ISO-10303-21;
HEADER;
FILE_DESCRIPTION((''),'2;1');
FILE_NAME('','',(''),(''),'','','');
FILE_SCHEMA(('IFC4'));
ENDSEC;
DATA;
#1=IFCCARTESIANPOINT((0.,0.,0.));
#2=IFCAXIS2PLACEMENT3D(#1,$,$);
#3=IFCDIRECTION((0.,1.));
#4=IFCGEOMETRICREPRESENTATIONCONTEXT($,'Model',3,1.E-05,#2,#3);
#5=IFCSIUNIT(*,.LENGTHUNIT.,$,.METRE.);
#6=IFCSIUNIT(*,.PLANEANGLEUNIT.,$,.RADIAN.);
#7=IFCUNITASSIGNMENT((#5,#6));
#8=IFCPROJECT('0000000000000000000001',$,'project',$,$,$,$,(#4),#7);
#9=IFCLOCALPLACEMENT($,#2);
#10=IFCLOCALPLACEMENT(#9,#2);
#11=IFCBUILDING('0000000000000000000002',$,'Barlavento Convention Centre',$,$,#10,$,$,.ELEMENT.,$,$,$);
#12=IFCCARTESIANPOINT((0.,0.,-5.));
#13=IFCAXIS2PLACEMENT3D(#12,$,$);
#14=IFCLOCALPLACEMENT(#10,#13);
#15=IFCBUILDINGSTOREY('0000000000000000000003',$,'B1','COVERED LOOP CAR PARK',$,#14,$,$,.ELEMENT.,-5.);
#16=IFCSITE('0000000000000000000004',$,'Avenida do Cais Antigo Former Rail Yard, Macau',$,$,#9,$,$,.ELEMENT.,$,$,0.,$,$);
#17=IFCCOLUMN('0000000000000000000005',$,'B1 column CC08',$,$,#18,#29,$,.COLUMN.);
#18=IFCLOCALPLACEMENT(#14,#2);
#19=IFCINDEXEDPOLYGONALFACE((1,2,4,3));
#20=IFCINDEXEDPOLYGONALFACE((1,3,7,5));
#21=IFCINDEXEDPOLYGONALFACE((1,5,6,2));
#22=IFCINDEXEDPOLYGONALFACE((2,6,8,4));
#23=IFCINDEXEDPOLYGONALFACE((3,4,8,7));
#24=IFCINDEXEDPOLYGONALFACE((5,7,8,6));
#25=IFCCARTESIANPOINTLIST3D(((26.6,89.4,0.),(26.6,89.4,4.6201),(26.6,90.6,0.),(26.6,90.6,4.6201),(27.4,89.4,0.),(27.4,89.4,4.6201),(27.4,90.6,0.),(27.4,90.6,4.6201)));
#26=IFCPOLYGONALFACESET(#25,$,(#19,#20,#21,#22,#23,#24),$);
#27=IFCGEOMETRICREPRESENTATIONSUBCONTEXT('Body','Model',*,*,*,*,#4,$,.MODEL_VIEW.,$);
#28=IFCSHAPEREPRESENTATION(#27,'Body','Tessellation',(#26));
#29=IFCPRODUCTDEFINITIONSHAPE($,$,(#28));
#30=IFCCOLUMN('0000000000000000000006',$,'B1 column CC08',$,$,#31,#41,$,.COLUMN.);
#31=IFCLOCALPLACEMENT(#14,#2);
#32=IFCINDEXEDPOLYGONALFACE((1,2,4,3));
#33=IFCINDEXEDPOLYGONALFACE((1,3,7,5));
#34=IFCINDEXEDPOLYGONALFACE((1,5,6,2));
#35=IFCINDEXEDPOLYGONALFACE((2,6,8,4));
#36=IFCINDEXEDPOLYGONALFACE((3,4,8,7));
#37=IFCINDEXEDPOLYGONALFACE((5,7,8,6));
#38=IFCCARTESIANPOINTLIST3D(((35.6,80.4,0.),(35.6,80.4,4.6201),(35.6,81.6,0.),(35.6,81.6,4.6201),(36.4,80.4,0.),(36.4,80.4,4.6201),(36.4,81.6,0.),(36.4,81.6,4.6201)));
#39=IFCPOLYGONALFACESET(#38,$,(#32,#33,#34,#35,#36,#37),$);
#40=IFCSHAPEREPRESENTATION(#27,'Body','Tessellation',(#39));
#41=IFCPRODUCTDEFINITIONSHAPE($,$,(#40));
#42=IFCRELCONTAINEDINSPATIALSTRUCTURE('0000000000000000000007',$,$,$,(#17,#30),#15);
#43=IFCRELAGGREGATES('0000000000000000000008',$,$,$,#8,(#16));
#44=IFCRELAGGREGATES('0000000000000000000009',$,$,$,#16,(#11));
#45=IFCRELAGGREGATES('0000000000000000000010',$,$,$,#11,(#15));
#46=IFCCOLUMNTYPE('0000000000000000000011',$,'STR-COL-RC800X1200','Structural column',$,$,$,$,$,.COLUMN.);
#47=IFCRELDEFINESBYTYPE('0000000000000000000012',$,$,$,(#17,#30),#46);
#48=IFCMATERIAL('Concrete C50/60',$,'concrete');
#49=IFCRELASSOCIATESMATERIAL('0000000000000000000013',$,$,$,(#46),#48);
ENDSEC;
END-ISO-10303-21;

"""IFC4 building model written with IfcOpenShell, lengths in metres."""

from ifc_helpers import new_model, si_unit, direction, frame, origin, origin_2d, place, context, subcontext, project, spatial, rectangle, extrude, material, material_profile, profile_set, type_object, element, save


model = new_model("IFC4")

# Units and contexts
model_context = context("Model", 3, precision=1e-05, world=origin(), true_north=direction((0.0, 1.0)))
body_context = subcontext(model_context, "Body", "Model", "MODEL_VIEW")
ifc_project = project(units=[si_unit("LENGTHUNIT", "METRE"), si_unit("PLANEANGLEUNIT", "RADIAN")], contexts=[model_context])

# Site, building, storey
site_placement = place(None, origin())
site = spatial("IfcSite", under=ifc_project, at=site_placement, Name="Avenida do Cais Antigo Former Rail Yard, Macau", CompositionType="ELEMENT", RefElevation=0.0)
building_placement = place(site_placement, origin())
building = spatial("IfcBuilding", under=site, at=building_placement, Name="Barlavento Convention Centre", CompositionType="ELEMENT")
storey_placement = place(building_placement, frame((0.0, 0.0, -5.0)))
storey = spatial("IfcBuildingStorey", under=building, at=storey_placement, Name="B1", Description="COVERED LOOP CAR PARK", CompositionType="ELEMENT", Elevation=-5.0)

# Columns
ifc_material_1 = material(Name="Concrete C50/60", Category="concrete")
ifc_material_profile_1 = material_profile(ifc_material_1, rectangle(XDim=0.8, YDim=1.2, at=origin_2d()), Name="RC 800x1200")
ifc_profile_set_1 = profile_set([ifc_material_profile_1], Name="Concrete C50/60")
column_type_1 = type_object("IfcColumnType", Name="STR-COL-RC800X1200", Description="Structural column", PredefinedType="COLUMN", material=ifc_profile_set_1)
for number, where, z_axis, x_axis, name in (
    (1, (27.0, 90.0, 0.0), (0.0, 0.0, 1.0), (1.0, 0.0, 0.0), "B1 column CC08"),
    (2, (36.0, 81.0, 0.0), (0.0, 0.0, 1.0), (1.0, 0.0, 0.0), "B1 column CC08"),
):
    element("IfcColumn", number, at=place(storey_placement, frame(where, z_axis=z_axis, x_axis=x_axis)), inside=storey, type_object=column_type_1, Name=name, PredefinedType="COLUMN", context=body_context, shape_type="SweptSolid", body=[
        extrude(rectangle(XDim=0.8, YDim=1.2, at=origin_2d()), origin(), (0.0, 0.0, 1.0), 4.6201),
    ])

save(model, "model.ifc")
